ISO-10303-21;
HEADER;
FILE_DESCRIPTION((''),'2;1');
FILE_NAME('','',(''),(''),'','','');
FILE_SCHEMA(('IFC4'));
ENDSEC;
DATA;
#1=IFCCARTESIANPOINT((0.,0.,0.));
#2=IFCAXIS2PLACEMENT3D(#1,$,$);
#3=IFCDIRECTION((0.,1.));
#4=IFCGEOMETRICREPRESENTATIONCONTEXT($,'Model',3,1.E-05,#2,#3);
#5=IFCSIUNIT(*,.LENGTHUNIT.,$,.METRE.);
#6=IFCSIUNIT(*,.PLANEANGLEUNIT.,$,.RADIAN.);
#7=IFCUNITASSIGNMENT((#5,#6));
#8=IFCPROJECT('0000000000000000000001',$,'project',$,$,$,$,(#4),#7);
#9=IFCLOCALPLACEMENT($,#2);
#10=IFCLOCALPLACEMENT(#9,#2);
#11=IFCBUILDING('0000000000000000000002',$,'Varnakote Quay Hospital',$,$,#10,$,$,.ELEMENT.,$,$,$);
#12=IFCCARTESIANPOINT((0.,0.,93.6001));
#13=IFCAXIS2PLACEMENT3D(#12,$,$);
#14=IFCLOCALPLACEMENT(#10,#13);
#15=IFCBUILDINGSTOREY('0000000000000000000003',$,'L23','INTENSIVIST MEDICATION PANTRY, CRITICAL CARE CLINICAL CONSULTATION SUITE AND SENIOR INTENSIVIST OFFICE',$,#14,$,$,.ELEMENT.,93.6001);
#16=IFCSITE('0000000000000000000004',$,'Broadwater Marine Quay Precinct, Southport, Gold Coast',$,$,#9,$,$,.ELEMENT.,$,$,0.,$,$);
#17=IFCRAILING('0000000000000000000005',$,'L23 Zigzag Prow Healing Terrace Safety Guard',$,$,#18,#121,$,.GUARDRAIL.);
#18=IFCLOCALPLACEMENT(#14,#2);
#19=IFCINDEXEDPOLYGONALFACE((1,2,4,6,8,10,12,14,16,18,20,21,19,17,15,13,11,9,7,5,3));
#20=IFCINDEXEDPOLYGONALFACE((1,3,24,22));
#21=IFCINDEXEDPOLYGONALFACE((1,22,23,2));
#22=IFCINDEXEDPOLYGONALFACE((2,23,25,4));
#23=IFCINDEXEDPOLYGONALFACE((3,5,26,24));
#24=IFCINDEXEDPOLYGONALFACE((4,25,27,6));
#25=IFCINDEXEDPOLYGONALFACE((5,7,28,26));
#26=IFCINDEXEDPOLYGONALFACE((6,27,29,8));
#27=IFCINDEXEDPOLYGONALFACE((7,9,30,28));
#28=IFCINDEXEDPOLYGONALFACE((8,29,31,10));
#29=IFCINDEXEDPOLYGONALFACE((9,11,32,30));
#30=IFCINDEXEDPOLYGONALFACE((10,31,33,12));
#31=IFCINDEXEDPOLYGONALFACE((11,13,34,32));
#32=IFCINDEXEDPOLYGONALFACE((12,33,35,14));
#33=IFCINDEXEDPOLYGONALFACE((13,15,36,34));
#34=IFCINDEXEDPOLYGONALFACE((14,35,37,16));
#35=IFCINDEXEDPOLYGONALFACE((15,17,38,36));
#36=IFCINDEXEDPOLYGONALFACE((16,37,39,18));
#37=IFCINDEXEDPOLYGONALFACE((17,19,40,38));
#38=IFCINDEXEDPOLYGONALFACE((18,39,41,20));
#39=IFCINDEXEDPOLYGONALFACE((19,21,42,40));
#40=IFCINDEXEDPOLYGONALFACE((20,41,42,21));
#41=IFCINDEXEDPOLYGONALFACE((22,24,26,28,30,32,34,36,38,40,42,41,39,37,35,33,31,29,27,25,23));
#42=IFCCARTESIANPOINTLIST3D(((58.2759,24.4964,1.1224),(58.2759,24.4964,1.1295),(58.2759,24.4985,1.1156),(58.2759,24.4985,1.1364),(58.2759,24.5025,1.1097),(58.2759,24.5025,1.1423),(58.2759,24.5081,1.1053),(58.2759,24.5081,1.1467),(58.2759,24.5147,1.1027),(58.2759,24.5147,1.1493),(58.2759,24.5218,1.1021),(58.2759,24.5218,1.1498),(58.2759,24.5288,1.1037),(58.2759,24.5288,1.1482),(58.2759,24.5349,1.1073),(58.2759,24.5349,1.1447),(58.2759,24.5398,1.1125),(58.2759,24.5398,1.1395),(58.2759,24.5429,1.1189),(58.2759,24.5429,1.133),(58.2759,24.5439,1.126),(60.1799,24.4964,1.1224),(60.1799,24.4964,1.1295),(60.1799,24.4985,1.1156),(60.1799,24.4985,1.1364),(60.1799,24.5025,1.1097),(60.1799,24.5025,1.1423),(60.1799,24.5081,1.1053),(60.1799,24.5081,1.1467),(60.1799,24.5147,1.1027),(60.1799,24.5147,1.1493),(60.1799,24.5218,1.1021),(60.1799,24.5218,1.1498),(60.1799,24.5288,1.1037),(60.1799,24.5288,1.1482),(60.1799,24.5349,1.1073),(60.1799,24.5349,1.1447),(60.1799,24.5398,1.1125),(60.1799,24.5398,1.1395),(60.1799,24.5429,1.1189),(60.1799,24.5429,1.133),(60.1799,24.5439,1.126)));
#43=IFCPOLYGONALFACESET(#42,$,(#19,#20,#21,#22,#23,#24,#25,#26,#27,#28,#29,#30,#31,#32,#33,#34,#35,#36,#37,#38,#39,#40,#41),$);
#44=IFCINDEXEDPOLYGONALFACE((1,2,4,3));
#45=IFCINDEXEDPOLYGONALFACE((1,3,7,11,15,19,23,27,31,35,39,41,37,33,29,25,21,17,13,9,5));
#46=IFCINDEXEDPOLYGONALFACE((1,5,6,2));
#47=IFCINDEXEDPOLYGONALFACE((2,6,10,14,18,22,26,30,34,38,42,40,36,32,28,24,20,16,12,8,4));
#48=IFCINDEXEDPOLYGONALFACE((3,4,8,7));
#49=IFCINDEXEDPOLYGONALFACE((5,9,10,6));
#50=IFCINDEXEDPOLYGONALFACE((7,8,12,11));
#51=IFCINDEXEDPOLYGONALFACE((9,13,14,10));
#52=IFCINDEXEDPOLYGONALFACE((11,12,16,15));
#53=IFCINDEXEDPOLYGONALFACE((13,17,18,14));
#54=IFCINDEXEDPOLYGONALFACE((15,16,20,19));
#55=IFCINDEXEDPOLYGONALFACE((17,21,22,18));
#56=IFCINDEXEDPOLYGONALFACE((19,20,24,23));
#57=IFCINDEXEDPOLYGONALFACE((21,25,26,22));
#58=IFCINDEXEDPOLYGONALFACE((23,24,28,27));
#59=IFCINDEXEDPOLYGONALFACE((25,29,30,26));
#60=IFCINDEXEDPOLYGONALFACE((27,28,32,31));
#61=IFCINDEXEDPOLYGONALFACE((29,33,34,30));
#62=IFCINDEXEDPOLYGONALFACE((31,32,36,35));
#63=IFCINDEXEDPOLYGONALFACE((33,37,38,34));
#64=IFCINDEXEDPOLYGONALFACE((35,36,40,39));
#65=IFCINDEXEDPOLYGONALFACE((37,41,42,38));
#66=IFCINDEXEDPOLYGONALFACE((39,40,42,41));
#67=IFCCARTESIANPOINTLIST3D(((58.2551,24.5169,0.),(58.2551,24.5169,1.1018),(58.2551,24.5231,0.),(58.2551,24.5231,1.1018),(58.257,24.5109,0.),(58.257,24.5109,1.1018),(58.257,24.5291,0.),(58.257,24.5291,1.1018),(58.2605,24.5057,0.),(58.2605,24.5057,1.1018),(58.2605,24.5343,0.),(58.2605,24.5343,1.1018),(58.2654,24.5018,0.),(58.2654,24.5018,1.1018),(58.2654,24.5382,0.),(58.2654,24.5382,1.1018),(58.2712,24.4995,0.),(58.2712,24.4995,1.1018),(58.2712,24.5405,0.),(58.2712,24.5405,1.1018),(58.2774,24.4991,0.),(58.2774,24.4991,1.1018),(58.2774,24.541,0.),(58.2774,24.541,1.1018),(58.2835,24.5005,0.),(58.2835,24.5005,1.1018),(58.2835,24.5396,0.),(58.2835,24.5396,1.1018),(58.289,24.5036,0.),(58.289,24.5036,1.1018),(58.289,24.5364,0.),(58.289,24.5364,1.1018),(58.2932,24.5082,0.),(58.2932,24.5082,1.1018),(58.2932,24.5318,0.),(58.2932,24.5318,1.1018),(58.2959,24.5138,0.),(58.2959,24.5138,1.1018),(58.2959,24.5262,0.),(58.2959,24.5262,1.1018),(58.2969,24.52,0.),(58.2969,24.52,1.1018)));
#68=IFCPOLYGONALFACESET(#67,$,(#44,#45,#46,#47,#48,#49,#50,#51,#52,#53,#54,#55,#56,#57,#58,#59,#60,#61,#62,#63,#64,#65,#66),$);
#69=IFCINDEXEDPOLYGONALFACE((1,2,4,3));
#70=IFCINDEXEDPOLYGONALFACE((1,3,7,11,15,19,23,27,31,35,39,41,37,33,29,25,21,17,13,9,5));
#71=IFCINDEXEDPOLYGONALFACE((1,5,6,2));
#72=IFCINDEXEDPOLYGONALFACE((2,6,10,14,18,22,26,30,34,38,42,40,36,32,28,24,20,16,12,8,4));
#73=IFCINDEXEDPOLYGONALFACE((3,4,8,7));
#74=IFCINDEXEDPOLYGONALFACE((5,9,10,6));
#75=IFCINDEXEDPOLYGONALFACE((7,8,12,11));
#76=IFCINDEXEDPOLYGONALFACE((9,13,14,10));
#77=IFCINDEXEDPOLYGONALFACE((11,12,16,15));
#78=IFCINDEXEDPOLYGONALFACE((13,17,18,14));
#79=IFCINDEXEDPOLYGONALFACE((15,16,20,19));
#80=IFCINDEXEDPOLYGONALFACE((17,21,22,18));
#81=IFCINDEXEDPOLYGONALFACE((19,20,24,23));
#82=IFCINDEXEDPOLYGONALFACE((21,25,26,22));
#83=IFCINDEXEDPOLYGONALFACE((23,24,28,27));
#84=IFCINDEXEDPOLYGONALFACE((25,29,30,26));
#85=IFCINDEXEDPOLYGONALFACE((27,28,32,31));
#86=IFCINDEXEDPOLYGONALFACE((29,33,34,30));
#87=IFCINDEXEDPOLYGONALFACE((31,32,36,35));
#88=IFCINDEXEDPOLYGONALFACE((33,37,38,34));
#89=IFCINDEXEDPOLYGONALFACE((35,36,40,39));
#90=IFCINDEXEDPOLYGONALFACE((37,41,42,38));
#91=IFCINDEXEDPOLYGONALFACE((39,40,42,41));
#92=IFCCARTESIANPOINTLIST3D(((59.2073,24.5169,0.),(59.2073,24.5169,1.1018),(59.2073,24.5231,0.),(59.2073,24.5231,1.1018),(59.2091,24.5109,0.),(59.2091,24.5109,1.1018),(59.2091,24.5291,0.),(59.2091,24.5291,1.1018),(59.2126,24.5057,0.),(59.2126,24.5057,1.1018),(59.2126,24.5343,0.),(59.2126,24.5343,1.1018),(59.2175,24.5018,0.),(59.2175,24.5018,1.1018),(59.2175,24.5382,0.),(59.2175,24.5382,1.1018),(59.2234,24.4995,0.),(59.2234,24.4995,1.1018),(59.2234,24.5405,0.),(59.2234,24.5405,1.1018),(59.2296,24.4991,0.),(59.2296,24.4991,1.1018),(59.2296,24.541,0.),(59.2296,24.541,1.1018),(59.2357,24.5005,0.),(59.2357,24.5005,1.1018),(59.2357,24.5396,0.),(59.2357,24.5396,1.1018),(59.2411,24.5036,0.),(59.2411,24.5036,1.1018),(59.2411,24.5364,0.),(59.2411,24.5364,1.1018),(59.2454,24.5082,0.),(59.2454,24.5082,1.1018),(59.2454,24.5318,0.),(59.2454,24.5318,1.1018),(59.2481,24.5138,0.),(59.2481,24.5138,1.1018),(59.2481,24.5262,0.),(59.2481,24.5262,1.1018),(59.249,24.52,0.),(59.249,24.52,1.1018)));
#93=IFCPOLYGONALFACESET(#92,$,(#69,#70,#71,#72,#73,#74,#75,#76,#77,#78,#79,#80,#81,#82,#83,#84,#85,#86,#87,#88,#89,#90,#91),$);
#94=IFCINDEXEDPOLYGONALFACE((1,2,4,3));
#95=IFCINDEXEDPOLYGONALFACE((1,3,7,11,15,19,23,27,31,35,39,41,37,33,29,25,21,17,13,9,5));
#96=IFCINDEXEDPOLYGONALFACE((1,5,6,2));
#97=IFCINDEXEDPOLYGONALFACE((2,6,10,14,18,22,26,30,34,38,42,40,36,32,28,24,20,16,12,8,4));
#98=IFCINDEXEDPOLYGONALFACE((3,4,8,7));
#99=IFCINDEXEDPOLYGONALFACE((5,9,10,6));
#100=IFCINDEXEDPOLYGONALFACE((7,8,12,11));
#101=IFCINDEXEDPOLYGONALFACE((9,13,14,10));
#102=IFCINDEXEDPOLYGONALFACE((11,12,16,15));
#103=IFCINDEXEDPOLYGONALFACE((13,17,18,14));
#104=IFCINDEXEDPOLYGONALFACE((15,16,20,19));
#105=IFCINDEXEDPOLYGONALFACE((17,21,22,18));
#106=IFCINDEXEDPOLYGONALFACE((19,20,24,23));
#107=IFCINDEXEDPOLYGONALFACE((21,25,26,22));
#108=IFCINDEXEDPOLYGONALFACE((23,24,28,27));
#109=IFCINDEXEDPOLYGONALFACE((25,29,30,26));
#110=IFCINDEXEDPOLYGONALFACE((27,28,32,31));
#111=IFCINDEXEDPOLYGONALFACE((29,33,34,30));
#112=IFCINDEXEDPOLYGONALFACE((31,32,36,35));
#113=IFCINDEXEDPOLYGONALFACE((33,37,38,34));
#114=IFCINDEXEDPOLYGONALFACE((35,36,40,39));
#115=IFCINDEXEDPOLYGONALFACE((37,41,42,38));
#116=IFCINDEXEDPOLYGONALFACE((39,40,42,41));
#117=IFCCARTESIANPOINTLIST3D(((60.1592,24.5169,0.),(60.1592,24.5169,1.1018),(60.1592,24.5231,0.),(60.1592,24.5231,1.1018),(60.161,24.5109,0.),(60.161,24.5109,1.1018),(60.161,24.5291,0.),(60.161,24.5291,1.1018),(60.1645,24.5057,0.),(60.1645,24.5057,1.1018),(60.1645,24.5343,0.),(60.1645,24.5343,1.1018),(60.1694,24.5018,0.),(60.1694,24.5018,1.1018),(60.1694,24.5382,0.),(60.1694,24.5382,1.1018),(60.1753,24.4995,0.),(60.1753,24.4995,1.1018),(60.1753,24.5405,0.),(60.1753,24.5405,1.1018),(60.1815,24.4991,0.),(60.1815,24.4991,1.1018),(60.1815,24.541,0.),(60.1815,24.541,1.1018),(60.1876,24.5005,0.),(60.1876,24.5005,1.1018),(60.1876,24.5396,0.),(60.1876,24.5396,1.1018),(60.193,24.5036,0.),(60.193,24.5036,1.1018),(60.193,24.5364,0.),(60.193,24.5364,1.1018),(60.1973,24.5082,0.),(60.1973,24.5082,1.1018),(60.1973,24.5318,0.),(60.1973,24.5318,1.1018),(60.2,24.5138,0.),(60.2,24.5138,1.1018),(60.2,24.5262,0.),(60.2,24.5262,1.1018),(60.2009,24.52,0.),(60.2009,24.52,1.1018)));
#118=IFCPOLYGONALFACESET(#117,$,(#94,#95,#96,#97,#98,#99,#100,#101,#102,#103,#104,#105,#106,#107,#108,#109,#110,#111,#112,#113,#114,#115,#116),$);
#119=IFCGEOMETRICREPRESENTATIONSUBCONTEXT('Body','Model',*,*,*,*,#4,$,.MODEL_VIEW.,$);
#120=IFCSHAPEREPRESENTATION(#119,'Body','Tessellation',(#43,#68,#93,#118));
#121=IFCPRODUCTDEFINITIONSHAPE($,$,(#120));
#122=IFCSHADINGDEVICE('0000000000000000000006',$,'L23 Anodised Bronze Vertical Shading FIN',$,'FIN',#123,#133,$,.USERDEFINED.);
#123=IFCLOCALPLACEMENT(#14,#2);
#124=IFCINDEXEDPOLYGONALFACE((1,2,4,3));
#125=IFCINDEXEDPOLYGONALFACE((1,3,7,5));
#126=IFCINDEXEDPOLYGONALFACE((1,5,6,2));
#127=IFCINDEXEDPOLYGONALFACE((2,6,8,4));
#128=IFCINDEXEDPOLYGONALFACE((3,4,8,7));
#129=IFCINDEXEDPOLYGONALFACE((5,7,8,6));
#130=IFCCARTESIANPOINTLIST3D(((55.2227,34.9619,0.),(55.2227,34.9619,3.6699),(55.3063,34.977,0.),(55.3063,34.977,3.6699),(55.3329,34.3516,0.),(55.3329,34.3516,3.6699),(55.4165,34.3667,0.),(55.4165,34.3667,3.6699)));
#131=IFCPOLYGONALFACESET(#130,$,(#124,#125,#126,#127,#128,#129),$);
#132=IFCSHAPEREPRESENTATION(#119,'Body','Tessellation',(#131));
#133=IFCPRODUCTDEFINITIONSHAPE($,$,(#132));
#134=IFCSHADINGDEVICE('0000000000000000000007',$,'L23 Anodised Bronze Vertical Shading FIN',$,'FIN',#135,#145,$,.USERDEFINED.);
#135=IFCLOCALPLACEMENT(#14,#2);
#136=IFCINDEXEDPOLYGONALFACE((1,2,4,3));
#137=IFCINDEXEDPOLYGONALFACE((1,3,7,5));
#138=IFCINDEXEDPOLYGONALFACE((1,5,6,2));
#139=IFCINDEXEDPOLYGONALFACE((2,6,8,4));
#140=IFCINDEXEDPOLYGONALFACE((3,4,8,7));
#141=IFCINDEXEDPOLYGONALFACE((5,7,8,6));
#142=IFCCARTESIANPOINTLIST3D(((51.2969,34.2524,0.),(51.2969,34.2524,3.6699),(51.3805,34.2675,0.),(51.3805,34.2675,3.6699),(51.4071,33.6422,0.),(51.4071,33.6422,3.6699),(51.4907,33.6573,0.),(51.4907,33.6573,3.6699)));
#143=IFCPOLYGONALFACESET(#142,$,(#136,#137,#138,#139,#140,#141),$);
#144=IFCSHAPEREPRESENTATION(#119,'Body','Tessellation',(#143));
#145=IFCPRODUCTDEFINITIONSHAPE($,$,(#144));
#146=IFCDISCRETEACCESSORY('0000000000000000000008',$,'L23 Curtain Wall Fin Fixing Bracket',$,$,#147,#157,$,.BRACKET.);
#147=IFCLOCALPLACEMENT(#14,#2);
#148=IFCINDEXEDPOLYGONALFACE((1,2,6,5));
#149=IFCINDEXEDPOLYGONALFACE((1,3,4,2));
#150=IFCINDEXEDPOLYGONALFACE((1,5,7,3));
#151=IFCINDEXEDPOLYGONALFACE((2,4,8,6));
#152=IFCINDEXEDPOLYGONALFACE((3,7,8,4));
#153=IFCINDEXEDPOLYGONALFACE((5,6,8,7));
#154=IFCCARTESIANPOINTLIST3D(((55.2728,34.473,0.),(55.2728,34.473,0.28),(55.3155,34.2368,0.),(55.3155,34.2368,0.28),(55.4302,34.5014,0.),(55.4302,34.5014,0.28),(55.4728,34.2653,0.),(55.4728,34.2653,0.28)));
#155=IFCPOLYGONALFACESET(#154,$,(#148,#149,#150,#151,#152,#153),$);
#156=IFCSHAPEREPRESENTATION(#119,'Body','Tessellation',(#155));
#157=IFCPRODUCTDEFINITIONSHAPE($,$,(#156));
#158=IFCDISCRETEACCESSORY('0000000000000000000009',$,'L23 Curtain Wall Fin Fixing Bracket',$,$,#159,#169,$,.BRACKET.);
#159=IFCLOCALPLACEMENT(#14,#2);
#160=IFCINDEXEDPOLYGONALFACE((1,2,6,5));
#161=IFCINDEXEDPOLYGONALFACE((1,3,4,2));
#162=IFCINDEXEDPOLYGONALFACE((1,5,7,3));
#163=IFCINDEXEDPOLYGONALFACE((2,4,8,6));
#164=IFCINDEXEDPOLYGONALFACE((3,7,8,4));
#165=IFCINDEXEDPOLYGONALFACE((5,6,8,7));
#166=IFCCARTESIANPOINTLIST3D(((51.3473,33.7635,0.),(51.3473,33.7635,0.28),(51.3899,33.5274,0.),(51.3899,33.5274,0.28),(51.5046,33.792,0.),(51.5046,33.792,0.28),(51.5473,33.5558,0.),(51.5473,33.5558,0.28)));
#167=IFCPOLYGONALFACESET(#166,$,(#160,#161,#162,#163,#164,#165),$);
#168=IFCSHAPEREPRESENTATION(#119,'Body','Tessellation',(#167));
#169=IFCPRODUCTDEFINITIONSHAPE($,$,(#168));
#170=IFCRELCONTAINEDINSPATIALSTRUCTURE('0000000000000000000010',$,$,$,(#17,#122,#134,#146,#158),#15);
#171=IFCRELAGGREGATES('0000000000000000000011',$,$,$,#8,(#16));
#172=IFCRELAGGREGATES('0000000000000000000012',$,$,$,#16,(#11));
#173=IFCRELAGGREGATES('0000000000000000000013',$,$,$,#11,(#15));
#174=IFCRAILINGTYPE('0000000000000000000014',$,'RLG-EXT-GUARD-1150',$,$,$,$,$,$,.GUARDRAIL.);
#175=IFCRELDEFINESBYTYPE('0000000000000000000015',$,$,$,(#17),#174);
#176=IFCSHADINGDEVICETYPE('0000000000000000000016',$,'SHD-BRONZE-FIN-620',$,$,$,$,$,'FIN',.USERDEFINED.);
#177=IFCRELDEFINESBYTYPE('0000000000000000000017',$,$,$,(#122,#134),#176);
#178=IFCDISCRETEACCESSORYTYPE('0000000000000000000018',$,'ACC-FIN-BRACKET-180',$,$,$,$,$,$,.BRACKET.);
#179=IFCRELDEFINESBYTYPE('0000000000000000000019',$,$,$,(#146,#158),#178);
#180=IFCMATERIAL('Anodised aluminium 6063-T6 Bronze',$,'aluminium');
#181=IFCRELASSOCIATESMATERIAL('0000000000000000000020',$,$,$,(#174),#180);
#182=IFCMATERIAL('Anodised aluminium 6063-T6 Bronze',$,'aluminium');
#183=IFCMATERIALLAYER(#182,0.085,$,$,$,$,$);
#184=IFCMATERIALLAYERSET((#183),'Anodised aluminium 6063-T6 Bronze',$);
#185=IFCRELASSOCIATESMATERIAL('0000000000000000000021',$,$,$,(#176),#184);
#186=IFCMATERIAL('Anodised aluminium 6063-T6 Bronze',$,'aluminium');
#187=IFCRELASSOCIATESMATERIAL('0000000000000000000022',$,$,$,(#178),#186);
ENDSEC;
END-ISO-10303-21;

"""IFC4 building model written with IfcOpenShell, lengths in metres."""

from ifc_helpers import new_model, si_unit, direction, frame, origin, origin_2d, place, context, subcontext, project, spatial, rectangle, circle, extrude, material, layer, layer_set, type_object, element, save


model = new_model("IFC4")

# Units and contexts
model_context = context("Model", 3, precision=1e-05, world=origin(), true_north=direction((0.0, 1.0)))
body_context = subcontext(model_context, "Body", "Model", "MODEL_VIEW")
ifc_project = project(units=[si_unit("LENGTHUNIT", "METRE"), si_unit("PLANEANGLEUNIT", "RADIAN")], contexts=[model_context])

# Site, building, storey
site_placement = place(None, origin())
site = spatial("IfcSite", under=ifc_project, at=site_placement, Name="Broadwater Marine Quay Precinct, Southport, Gold Coast", CompositionType="ELEMENT", RefElevation=0.0)
building_placement = place(site_placement, origin())
building = spatial("IfcBuilding", under=site, at=building_placement, Name="Varnakote Quay Hospital", CompositionType="ELEMENT")
storey_placement = place(building_placement, frame((0.0, 0.0, 93.6001)))
storey = spatial("IfcBuildingStorey", under=building, at=storey_placement, Name="L23", Description="INTENSIVIST MEDICATION PANTRY, CRITICAL CARE CLINICAL CONSULTATION SUITE AND SENIOR INTENSIVIST OFFICE", CompositionType="ELEMENT", Elevation=93.6001)

# Railing
ifc_material_1 = material(Name="Anodised aluminium 6063-T6 Bronze", Category="aluminium")
railing_type = type_object("IfcRailingType", Name="RLG-EXT-GUARD-1150", PredefinedType="GUARDRAIL", material=ifc_material_1)
railing_1_placement = place(storey_placement, frame((58.2759, 24.52, 0.0)))
element("IfcRailing", 1, at=railing_1_placement, inside=storey, type_object=railing_type, Name="L23 Zigzag Prow Healing Terrace Safety Guard", PredefinedType="GUARDRAIL", context=body_context, shape_type="SweptSolid", body=[
    extrude(circle(Radius=0.0239, at=origin_2d()), frame((0.0, 0.0, 1.126), z_axis=(1.0, 0.0, 0.0), x_axis=(0.0, 1.0, 0.0)), (0.0, 0.0, 1.0), 1.9041),
    extrude(circle(Radius=0.021, at=origin_2d()), origin(), (0.0, 0.0, 1.0), 1.1018),
    extrude(circle(Radius=0.021, at=origin_2d()), frame((0.9521, 0.0, 0.0)), (0.0, 0.0, 1.0), 1.1018),
    extrude(circle(Radius=0.021, at=origin_2d()), frame((1.9041, 0.0, 0.0)), (0.0, 0.0, 1.0), 1.1018),
])

# Shading devices
ifc_material_2 = material(Name="Anodised aluminium 6063-T6 Bronze", Category="aluminium")
ifc_layer_1 = layer(ifc_material_2, 0.085)
ifc_layer_set_1 = layer_set([ifc_layer_1], Name="Anodised aluminium 6063-T6 Bronze")
shading_device_type = type_object("IfcShadingDeviceType", Name="SHD-BRONZE-FIN-620", ElementType="FIN", PredefinedType="USERDEFINED", material=ifc_layer_set_1)
for number, where, z_axis, x_axis, name in (
    (2, (55.3196, 34.6643, 0.0), (0.0, 0.0, 1.0), (0.177772, -0.984072, 0.0), "L23 Anodised Bronze Vertical Shading FIN"),
    (3, (51.3938, 33.9548, 0.0), (0.0, 0.0, 1.0), (0.177772, -0.984072, 0.0), "L23 Anodised Bronze Vertical Shading FIN"),
):
    element("IfcShadingDevice", number, at=place(storey_placement, frame(where, z_axis=z_axis, x_axis=x_axis)), inside=storey, type_object=shading_device_type, Name=name, ObjectType="FIN", PredefinedType="USERDEFINED", context=body_context, shape_type="SweptSolid", body=[
        extrude(rectangle(XDim=0.6201, YDim=0.085, at=origin_2d()), origin(), (0.0, 0.0, 1.0), 3.6699),
    ])

# Discrete accessories
ifc_material_3 = material(Name="Anodised aluminium 6063-T6 Bronze", Category="aluminium")
discrete_accessory_type = type_object("IfcDiscreteAccessoryType", Name="ACC-FIN-BRACKET-180", PredefinedType="BRACKET", material=ifc_material_3)
for number, where, z_axis, x_axis, name in (
    (4, (55.3728, 34.3691, 0.0), (0.0, 0.0, 1.0), (-0.984072, -0.177772, 0.0), "L23 Curtain Wall Fin Fixing Bracket"),
    (5, (51.4473, 33.6597, 0.0), (0.0, 0.0, 1.0), (-0.984072, -0.177772, 0.0), "L23 Curtain Wall Fin Fixing Bracket"),
):
    element("IfcDiscreteAccessory", number, at=place(storey_placement, frame(where, z_axis=z_axis, x_axis=x_axis)), inside=storey, type_object=discrete_accessory_type, Name=name, PredefinedType="BRACKET", context=body_context, shape_type="SweptSolid", body=[
        extrude(rectangle(XDim=0.1599, YDim=0.24, at=origin_2d()), origin(), (0.0, 0.0, 1.0), 0.28),
    ])

save(model, "model.ifc")
